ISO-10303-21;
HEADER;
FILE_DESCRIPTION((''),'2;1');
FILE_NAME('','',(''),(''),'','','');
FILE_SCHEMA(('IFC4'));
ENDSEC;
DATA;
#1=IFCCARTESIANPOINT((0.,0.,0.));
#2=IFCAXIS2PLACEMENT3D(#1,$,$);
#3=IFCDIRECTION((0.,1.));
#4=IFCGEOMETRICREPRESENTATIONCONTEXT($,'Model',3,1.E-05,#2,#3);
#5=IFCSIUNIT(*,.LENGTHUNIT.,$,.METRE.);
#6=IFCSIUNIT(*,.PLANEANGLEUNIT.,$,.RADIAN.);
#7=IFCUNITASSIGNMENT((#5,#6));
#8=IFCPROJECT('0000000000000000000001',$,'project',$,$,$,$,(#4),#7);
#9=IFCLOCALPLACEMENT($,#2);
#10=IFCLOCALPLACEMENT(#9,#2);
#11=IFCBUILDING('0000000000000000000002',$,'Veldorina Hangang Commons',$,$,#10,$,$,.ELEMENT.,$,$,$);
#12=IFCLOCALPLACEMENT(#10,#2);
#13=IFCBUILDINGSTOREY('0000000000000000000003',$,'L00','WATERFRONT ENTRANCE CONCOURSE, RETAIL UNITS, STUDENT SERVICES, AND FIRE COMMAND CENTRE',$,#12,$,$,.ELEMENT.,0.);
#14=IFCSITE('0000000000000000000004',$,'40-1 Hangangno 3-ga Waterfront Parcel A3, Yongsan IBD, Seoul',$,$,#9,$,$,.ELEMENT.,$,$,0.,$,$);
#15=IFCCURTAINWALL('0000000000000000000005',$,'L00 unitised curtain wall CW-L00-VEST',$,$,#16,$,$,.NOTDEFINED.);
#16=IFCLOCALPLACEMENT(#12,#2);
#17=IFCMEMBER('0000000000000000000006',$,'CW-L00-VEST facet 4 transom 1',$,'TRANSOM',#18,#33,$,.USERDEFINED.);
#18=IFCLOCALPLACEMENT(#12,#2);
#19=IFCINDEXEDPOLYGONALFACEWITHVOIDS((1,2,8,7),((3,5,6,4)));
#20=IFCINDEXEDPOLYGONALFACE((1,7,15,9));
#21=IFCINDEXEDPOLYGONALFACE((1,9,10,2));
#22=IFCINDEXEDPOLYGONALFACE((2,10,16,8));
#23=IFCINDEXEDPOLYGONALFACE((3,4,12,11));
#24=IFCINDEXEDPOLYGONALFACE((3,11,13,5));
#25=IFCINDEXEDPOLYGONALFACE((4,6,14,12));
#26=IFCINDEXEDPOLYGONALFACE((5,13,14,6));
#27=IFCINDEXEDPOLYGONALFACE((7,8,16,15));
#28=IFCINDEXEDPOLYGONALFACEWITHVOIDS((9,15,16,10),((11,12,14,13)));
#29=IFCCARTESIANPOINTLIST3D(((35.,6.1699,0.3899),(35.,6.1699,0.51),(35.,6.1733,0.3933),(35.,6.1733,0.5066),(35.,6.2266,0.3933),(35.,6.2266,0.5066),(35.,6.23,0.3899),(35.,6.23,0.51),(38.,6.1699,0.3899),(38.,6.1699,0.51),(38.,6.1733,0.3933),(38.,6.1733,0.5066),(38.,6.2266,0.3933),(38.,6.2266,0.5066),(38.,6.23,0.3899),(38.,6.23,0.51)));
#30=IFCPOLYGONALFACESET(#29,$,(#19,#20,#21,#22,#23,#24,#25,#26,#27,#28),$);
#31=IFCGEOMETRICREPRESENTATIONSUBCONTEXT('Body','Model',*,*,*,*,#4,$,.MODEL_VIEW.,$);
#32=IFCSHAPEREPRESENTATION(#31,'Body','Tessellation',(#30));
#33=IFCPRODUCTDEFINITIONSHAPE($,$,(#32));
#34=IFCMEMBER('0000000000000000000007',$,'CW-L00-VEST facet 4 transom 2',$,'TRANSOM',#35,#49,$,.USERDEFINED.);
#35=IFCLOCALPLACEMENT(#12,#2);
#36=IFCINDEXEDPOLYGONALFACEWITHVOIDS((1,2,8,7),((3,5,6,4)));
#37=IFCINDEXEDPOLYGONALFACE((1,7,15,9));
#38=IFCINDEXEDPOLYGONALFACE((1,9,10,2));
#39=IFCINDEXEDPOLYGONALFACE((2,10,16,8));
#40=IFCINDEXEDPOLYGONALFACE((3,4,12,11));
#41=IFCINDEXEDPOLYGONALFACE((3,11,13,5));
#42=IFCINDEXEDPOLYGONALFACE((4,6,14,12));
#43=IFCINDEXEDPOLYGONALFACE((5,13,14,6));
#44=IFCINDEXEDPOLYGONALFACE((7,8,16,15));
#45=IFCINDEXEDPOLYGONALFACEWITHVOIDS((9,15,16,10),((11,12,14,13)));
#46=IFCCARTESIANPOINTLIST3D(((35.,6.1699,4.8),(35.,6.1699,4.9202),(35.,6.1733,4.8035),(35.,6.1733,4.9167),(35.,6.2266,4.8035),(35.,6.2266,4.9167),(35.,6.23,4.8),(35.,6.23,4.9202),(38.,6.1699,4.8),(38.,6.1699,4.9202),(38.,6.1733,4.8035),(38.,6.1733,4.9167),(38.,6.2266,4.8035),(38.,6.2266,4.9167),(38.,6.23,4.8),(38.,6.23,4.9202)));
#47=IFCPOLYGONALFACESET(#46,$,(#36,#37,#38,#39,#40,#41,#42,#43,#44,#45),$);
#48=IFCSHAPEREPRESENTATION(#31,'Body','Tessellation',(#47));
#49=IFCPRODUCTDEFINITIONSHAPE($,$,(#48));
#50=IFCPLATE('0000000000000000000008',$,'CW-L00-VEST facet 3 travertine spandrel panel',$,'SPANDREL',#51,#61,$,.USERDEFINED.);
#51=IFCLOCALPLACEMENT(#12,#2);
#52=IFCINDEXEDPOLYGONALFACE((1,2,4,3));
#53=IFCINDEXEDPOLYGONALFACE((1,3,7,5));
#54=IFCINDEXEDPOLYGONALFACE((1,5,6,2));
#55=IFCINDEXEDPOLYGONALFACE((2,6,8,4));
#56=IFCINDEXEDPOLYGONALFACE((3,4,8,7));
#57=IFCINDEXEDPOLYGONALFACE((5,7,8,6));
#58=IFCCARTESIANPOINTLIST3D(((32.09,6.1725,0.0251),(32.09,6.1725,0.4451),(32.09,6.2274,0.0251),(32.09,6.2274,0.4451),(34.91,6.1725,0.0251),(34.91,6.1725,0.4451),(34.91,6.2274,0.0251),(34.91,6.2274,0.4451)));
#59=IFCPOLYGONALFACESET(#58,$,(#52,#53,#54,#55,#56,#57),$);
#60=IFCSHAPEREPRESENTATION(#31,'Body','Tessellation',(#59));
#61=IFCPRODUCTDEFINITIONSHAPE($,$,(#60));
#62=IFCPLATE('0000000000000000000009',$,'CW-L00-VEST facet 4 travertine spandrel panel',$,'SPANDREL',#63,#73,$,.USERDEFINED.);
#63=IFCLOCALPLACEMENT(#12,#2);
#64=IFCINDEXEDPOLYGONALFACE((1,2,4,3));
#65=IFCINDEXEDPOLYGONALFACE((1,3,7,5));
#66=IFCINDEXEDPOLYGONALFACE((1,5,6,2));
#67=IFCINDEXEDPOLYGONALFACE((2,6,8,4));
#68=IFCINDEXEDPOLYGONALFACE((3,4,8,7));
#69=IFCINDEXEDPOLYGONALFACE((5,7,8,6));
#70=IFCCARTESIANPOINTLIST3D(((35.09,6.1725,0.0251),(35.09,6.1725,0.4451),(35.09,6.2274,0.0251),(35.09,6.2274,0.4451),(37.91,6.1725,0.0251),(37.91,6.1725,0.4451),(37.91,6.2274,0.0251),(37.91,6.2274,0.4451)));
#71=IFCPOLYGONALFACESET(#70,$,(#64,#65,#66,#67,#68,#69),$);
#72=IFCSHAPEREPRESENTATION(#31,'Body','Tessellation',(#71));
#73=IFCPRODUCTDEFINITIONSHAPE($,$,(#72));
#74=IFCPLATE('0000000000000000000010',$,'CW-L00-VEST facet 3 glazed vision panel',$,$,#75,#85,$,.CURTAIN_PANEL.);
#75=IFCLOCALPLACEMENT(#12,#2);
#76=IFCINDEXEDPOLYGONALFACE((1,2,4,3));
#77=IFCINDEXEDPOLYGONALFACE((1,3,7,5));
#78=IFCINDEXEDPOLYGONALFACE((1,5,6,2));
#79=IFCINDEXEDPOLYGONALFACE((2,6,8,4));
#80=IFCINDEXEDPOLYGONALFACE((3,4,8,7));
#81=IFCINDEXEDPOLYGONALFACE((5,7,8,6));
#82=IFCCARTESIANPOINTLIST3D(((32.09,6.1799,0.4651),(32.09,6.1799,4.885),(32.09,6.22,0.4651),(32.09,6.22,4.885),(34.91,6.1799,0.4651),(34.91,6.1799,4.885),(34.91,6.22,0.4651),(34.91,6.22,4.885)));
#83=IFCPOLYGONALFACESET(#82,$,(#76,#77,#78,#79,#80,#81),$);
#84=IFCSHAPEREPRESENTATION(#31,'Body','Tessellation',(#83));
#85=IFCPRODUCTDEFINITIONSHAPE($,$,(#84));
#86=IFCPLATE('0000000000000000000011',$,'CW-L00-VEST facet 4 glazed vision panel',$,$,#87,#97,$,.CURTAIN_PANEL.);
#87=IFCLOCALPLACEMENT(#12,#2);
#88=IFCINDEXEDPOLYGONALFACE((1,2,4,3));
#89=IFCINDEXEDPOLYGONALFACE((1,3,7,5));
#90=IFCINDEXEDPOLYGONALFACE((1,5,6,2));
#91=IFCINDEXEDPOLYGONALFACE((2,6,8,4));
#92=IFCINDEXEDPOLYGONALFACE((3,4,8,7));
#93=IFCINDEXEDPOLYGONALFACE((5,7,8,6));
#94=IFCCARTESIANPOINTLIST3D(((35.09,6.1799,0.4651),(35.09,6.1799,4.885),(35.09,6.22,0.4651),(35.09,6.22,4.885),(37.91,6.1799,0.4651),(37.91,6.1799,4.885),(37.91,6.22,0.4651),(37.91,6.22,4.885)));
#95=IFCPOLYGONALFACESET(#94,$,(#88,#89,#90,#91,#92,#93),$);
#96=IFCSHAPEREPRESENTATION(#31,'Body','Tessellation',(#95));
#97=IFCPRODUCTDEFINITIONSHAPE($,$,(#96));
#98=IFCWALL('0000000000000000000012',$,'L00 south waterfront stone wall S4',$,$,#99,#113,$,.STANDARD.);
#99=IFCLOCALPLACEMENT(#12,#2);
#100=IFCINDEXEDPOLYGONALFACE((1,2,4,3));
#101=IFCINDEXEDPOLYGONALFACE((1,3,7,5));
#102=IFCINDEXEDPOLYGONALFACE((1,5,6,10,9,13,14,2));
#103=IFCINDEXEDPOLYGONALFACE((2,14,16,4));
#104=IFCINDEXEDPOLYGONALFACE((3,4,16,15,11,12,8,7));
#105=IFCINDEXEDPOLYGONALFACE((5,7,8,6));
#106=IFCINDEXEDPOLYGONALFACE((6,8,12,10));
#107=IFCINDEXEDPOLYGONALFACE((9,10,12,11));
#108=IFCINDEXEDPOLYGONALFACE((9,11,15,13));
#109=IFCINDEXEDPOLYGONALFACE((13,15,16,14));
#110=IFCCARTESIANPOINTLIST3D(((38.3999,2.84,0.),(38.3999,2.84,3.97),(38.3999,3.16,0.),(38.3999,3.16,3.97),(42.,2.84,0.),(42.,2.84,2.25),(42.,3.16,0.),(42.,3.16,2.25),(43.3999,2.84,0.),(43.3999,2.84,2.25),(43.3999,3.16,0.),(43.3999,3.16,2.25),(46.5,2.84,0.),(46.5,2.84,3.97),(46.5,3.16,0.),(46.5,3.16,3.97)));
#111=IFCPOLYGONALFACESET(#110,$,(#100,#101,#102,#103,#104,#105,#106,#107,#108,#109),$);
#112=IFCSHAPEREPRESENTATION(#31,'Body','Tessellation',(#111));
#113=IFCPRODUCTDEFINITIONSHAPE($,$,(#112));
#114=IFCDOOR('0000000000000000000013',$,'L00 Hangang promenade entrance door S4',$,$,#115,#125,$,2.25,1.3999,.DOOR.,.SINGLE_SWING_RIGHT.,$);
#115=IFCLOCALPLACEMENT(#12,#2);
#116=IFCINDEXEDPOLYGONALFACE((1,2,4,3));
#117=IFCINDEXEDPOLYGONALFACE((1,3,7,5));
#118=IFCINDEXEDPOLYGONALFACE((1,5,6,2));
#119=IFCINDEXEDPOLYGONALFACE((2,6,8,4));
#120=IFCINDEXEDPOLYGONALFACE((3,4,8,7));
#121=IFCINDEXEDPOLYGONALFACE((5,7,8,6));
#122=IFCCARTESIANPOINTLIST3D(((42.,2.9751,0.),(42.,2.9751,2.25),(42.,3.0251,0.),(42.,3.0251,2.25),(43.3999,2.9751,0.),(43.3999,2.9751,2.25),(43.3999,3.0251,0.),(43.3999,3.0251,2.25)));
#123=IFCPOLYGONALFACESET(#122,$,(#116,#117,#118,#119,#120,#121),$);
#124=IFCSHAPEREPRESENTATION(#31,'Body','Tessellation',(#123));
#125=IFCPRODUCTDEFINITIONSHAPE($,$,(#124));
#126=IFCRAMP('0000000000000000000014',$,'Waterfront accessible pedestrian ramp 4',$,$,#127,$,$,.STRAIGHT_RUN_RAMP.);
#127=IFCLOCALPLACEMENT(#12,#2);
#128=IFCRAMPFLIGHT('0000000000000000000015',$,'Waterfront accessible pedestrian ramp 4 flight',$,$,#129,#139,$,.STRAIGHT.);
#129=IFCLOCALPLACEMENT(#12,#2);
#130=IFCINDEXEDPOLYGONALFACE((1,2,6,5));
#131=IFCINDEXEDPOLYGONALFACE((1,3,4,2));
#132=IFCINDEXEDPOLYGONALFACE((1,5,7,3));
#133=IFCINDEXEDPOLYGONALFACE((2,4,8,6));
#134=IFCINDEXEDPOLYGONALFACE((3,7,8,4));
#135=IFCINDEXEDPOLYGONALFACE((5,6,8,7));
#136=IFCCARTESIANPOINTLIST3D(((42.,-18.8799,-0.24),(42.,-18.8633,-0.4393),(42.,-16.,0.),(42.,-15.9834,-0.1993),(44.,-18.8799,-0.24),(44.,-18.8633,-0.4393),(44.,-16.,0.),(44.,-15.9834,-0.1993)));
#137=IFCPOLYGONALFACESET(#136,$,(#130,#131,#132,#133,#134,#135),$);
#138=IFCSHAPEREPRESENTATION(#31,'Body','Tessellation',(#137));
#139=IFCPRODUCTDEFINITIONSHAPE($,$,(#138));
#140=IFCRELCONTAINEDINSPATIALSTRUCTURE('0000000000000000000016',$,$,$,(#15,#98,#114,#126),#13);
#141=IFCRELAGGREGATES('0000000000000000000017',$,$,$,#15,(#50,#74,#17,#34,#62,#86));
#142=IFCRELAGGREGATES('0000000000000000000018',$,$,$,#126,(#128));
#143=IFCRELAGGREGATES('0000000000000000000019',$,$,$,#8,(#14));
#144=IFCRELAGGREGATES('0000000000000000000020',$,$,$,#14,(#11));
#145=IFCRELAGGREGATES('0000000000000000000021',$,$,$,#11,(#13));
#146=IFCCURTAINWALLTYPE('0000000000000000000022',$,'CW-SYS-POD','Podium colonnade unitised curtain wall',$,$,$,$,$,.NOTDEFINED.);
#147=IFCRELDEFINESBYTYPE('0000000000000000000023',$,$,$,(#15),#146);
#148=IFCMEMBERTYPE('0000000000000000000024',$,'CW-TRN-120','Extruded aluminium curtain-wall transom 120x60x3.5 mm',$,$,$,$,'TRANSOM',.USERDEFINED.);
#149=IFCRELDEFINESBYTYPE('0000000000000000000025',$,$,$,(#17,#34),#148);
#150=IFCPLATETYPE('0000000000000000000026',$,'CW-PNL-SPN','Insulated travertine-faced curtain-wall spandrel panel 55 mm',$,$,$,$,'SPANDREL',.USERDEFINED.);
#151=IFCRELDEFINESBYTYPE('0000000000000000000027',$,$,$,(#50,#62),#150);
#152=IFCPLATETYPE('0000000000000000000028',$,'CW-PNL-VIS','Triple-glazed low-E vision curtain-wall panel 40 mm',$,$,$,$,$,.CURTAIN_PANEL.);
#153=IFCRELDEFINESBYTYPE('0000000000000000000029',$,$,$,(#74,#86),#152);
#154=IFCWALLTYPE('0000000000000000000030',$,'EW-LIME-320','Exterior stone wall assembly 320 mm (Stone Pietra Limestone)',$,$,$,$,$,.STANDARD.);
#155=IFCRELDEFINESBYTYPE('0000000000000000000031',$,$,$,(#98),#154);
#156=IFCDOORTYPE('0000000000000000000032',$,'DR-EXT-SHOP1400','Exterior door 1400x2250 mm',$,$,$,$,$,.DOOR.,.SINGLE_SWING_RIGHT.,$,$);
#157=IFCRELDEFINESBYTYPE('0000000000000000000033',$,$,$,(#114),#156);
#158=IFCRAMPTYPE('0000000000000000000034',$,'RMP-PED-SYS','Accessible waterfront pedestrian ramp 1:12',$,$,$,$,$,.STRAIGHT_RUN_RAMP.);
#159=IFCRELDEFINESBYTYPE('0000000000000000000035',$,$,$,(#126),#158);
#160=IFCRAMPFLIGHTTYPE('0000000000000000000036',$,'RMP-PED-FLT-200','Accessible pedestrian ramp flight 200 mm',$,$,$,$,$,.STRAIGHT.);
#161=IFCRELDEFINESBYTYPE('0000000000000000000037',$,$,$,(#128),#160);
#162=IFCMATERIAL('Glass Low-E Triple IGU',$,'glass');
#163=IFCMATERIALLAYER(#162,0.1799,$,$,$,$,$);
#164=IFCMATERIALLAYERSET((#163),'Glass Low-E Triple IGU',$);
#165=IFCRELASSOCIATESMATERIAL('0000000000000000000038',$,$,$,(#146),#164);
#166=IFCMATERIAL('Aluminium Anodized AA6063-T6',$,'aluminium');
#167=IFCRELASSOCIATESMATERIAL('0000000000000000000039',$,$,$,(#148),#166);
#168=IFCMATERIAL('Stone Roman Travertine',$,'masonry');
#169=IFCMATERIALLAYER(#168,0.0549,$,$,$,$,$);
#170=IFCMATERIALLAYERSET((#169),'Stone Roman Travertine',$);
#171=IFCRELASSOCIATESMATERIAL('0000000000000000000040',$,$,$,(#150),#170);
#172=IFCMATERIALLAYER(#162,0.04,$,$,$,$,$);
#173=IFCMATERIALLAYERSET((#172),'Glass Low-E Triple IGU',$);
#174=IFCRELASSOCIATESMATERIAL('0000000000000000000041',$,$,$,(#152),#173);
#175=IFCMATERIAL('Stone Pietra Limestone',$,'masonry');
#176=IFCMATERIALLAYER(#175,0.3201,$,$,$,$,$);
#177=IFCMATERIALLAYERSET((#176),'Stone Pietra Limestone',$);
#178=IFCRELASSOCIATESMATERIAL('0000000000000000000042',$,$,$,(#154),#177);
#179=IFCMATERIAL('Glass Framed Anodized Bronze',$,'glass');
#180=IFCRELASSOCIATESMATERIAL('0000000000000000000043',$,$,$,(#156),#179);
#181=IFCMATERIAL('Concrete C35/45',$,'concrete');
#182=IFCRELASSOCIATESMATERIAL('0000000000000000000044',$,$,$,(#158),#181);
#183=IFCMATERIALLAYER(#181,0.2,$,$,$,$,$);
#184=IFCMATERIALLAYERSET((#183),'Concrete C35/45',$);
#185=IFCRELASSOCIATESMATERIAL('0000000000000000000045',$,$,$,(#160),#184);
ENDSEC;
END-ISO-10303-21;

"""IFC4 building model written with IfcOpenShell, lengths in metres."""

from ifc_helpers import new_model, si_unit, direction, frame, frame_2d, origin, origin_2d, place, context, subcontext, project, spatial, polyline, rectangle, hollow_rectangle, outline, extrude, material, layer, layer_set, material_profile, profile_set, type_object, element, fill, aggregate, save


model = new_model("IFC4")

# Units and contexts
model_context = context("Model", 3, precision=1e-05, world=origin(), true_north=direction((0.0, 1.0)))
body_context = subcontext(model_context, "Body", "Model", "MODEL_VIEW")
ifc_project = project(units=[si_unit("LENGTHUNIT", "METRE"), si_unit("PLANEANGLEUNIT", "RADIAN")], contexts=[model_context])

# Site, building, storey
site_placement = place(None, origin())
site = spatial("IfcSite", under=ifc_project, at=site_placement, Name="40-1 Hangangno 3-ga Waterfront Parcel A3, Yongsan IBD, Seoul", CompositionType="ELEMENT", RefElevation=0.0)
building_placement = place(site_placement, origin())
building = spatial("IfcBuilding", under=site, at=building_placement, Name="Veldorina Hangang Commons", CompositionType="ELEMENT")
storey_placement = place(building_placement, origin())
storey = spatial("IfcBuildingStorey", under=building, at=storey_placement, Name="L00", Description="WATERFRONT ENTRANCE CONCOURSE, RETAIL UNITS, STUDENT SERVICES, AND FIRE COMMAND CENTRE", CompositionType="ELEMENT", Elevation=0.0)

# Curtain wall, members, plates
ifc_material_1 = material(Name="Glass Low-E Triple IGU", Category="glass")
ifc_layer_1 = layer(ifc_material_1, 0.1799)
ifc_layer_set_1 = layer_set([ifc_layer_1], Name="Glass Low-E Triple IGU")
curtain_wall_type = type_object("IfcCurtainWallType", Name="CW-SYS-POD", Description="Podium colonnade unitised curtain wall", PredefinedType="NOTDEFINED", material=ifc_layer_set_1)
curtain_wall_placement = place(storey_placement, origin())
curtain_wall = element("IfcCurtainWall", 1, at=curtain_wall_placement, inside=storey, type_object=curtain_wall_type, Name="L00 unitised curtain wall CW-L00-VEST", PredefinedType="NOTDEFINED")
ifc_material_2 = material(Name="Aluminium Anodized AA6063-T6", Category="aluminium")
ifc_material_profile_1 = material_profile(ifc_material_2, hollow_rectangle(XDim=0.0601, YDim=0.1201, WallThickness=0.0034, at=origin_2d()), Name="ALU-RHS-120x60x3.5")
ifc_profile_set_1 = profile_set([ifc_material_profile_1], Name="Aluminium Anodized AA6063-T6")
member_type_1 = type_object("IfcMemberType", Name="CW-TRN-120", Description="Extruded aluminium curtain-wall transom 120x60x3.5 mm", ElementType="TRANSOM", PredefinedType="USERDEFINED", material=ifc_profile_set_1)
member_1_placement = place(storey_placement, frame((35.0, 6.2, 0.45), z_axis=(1.0, 0.0, 0.0), x_axis=(0.0, 1.0, 0.0)))
member_1 = element("IfcMember", 2, at=member_1_placement, type_object=member_type_1, Name="CW-L00-VEST facet 4 transom 1", ObjectType="TRANSOM", PredefinedType="USERDEFINED", context=body_context, shape_type="SweptSolid", body=[
    extrude(hollow_rectangle(XDim=0.0601, YDim=0.1201, WallThickness=0.0034, at=origin_2d()), origin(), (0.0, 0.0, 1.0), 3.0),
])
member_2_placement = place(storey_placement, frame((35.0, 6.2, 4.8601), z_axis=(1.0, 0.0, 0.0), x_axis=(0.0, 1.0, 0.0)))
member_2 = element("IfcMember", 3, at=member_2_placement, type_object=member_type_1, Name="CW-L00-VEST facet 4 transom 2", ObjectType="TRANSOM", PredefinedType="USERDEFINED", context=body_context, shape_type="SweptSolid", body=[
    extrude(hollow_rectangle(XDim=0.0601, YDim=0.1201, WallThickness=0.0034, at=origin_2d()), origin(), (0.0, 0.0, 1.0), 3.0),
])
ifc_material_3 = material(Name="Stone Roman Travertine", Category="masonry")
ifc_layer_2 = layer(ifc_material_3, 0.0549)
ifc_layer_set_2 = layer_set([ifc_layer_2], Name="Stone Roman Travertine")
plate_type_1 = type_object("IfcPlateType", Name="CW-PNL-SPN", Description="Insulated travertine-faced curtain-wall spandrel panel 55 mm", ElementType="SPANDREL", PredefinedType="USERDEFINED", material=ifc_layer_set_2)
plate_1_placement = place(storey_placement, frame((33.5, 6.2, 0.0251), z_axis=(0.0, 0.0, 1.0), x_axis=(1.0, 0.0, 0.0)))
plate_1 = element("IfcPlate", 4, at=plate_1_placement, type_object=plate_type_1, Name="CW-L00-VEST facet 3 travertine spandrel panel", ObjectType="SPANDREL", PredefinedType="USERDEFINED", context=body_context, shape_type="SweptSolid", body=[
    extrude(rectangle(XDim=2.8201, YDim=0.0549, at=origin_2d()), origin(), (0.0, 0.0, 1.0), 0.4199),
])
plate_2_placement = place(storey_placement, frame((36.5, 6.2, 0.0251), z_axis=(0.0, 0.0, 1.0), x_axis=(1.0, 0.0, 0.0)))
plate_2 = element("IfcPlate", 5, at=plate_2_placement, type_object=plate_type_1, Name="CW-L00-VEST facet 4 travertine spandrel panel", ObjectType="SPANDREL", PredefinedType="USERDEFINED", context=body_context, shape_type="SweptSolid", body=[
    extrude(rectangle(XDim=2.8201, YDim=0.0549, at=origin_2d()), origin(), (0.0, 0.0, 1.0), 0.4199),
])
ifc_layer_3 = layer(ifc_material_1, 0.04)
ifc_layer_set_3 = layer_set([ifc_layer_3], Name="Glass Low-E Triple IGU")
plate_type_2 = type_object("IfcPlateType", Name="CW-PNL-VIS", Description="Triple-glazed low-E vision curtain-wall panel 40 mm", PredefinedType="CURTAIN_PANEL", material=ifc_layer_set_3)
plate_3_placement = place(storey_placement, frame((33.5, 6.2, 0.4651), z_axis=(0.0, 0.0, 1.0), x_axis=(1.0, 0.0, 0.0)))
plate_3 = element("IfcPlate", 6, at=plate_3_placement, type_object=plate_type_2, Name="CW-L00-VEST facet 3 glazed vision panel", PredefinedType="CURTAIN_PANEL", context=body_context, shape_type="SweptSolid", body=[
    extrude(rectangle(XDim=2.8201, YDim=0.04, at=origin_2d()), origin(), (0.0, 0.0, 1.0), 4.4199),
])
plate_4_placement = place(storey_placement, frame((36.5, 6.2, 0.4651), z_axis=(0.0, 0.0, 1.0), x_axis=(1.0, 0.0, 0.0)))
plate_4 = element("IfcPlate", 7, at=plate_4_placement, type_object=plate_type_2, Name="CW-L00-VEST facet 4 glazed vision panel", PredefinedType="CURTAIN_PANEL", context=body_context, shape_type="SweptSolid", body=[
    extrude(rectangle(XDim=2.8201, YDim=0.04, at=origin_2d()), origin(), (0.0, 0.0, 1.0), 4.4199),
])
aggregate(curtain_wall, [plate_1, plate_3, member_1, member_2, plate_2, plate_4])

# Wall, opening, door
ifc_material_4 = material(Name="Stone Pietra Limestone", Category="masonry")
ifc_layer_4 = layer(ifc_material_4, 0.3201)
ifc_layer_set_4 = layer_set([ifc_layer_4], Name="Stone Pietra Limestone")
wall_type = type_object("IfcWallType", Name="EW-LIME-320", Description="Exterior stone wall assembly 320 mm (Stone Pietra Limestone)", PredefinedType="STANDARD", material=ifc_layer_set_4)
wall_placement = place(storey_placement, frame((38.3999, 3.0, 0.0), z_axis=(0.0, 0.0, 1.0), x_axis=(1.0, 0.0, 0.0)))
wall = element("IfcWall", 8, at=wall_placement, inside=storey, type_object=wall_type, Name="L00 south waterfront stone wall S4", PredefinedType="STANDARD", context=body_context, shape_type="SweptSolid", body=[
    extrude(rectangle(XDim=8.1001, YDim=0.3201, at=frame_2d((4.05, 0.0))), origin(), (0.0, 0.0, 1.0), 3.97),
])
opening_placement = place(wall_placement, frame((3.6001, 0.0, 0.0)))
opening = element("IfcOpeningElement", 9, at=opening_placement, cuts=wall, PredefinedType="OPENING", context=body_context, shape_type="SweptSolid", body=[
    extrude(rectangle(XDim=1.3999, YDim=2.25, at=frame_2d((0.7, 1.125))), frame((0.0, 0.1699, 0.0), z_axis=(0.0, -1.0, 0.0), x_axis=(1.0, 0.0, 0.0)), (0.0, 0.0, 1.0), 0.3401),
])
ifc_material_5 = material(Name="Glass Framed Anodized Bronze", Category="glass")
door_type = type_object("IfcDoorType", Name="DR-EXT-SHOP1400", Description="Exterior door 1400x2250 mm", OperationType="SINGLE_SWING_RIGHT", PredefinedType="DOOR", material=ifc_material_5)
door_placement = place(opening_placement, frame((1.3999, 0.0, 0.0), z_axis=(0.0, 0.0, 1.0), x_axis=(-1.0, 0.0, 0.0)))
door = element("IfcDoor", 10, at=door_placement, inside=storey, type_object=door_type, Name="L00 Hangang promenade entrance door S4", OperationType="SINGLE_SWING_RIGHT", OverallHeight=2.25, OverallWidth=1.3999, PredefinedType="DOOR", context=body_context, shape_type="SweptSolid", body=[
    extrude(rectangle(XDim=1.3999, YDim=2.25, at=frame_2d((0.7, 1.125))), frame((0.0, 0.0249, 0.0), z_axis=(0.0, -1.0, 0.0), x_axis=(1.0, 0.0, 0.0)), (0.0, 0.0, 1.0), 0.05),
])
fill(opening, door)

# Ramp, ramp flight
ifc_material_6 = material(Name="Concrete C35/45", Category="concrete")
ramp_type = type_object("IfcRampType", Name="RMP-PED-SYS", Description="Accessible waterfront pedestrian ramp 1:12", PredefinedType="STRAIGHT_RUN_RAMP", material=ifc_material_6)
ramp_placement = place(storey_placement, origin())
ramp = element("IfcRamp", 11, at=ramp_placement, inside=storey, type_object=ramp_type, Name="Waterfront accessible pedestrian ramp 4", PredefinedType="STRAIGHT_RUN_RAMP")
ifc_layer_5 = layer(ifc_material_6, 0.2)
ifc_layer_set_5 = layer_set([ifc_layer_5], Name="Concrete C35/45")
ramp_flight_type = type_object("IfcRampFlightType", Name="RMP-PED-FLT-200", Description="Accessible pedestrian ramp flight 200 mm", PredefinedType="STRAIGHT", material=ifc_layer_set_5)
ramp_flight_placement = place(storey_placement, frame((42.0, -18.8799, -0.24), z_axis=(0.0, -0.083045, 0.996546), x_axis=(0.0, 0.996546, 0.083045)))
ramp_flight = element("IfcRampFlight", 12, at=ramp_flight_placement, type_object=ramp_flight_type, Name="Waterfront accessible pedestrian ramp 4 flight", PredefinedType="STRAIGHT", context=body_context, shape_type="SweptSolid", body=[
    extrude(outline(polyline([(0.0, 0.0), (2.8899, 0.0), (2.8899, -2.0), (0.0, -2.0), (0.0, 0.0)])), origin(), (0.0, 0.0, -1.0), 0.2),
])
aggregate(ramp, [ramp_flight])

save(model, "model.ifc")
